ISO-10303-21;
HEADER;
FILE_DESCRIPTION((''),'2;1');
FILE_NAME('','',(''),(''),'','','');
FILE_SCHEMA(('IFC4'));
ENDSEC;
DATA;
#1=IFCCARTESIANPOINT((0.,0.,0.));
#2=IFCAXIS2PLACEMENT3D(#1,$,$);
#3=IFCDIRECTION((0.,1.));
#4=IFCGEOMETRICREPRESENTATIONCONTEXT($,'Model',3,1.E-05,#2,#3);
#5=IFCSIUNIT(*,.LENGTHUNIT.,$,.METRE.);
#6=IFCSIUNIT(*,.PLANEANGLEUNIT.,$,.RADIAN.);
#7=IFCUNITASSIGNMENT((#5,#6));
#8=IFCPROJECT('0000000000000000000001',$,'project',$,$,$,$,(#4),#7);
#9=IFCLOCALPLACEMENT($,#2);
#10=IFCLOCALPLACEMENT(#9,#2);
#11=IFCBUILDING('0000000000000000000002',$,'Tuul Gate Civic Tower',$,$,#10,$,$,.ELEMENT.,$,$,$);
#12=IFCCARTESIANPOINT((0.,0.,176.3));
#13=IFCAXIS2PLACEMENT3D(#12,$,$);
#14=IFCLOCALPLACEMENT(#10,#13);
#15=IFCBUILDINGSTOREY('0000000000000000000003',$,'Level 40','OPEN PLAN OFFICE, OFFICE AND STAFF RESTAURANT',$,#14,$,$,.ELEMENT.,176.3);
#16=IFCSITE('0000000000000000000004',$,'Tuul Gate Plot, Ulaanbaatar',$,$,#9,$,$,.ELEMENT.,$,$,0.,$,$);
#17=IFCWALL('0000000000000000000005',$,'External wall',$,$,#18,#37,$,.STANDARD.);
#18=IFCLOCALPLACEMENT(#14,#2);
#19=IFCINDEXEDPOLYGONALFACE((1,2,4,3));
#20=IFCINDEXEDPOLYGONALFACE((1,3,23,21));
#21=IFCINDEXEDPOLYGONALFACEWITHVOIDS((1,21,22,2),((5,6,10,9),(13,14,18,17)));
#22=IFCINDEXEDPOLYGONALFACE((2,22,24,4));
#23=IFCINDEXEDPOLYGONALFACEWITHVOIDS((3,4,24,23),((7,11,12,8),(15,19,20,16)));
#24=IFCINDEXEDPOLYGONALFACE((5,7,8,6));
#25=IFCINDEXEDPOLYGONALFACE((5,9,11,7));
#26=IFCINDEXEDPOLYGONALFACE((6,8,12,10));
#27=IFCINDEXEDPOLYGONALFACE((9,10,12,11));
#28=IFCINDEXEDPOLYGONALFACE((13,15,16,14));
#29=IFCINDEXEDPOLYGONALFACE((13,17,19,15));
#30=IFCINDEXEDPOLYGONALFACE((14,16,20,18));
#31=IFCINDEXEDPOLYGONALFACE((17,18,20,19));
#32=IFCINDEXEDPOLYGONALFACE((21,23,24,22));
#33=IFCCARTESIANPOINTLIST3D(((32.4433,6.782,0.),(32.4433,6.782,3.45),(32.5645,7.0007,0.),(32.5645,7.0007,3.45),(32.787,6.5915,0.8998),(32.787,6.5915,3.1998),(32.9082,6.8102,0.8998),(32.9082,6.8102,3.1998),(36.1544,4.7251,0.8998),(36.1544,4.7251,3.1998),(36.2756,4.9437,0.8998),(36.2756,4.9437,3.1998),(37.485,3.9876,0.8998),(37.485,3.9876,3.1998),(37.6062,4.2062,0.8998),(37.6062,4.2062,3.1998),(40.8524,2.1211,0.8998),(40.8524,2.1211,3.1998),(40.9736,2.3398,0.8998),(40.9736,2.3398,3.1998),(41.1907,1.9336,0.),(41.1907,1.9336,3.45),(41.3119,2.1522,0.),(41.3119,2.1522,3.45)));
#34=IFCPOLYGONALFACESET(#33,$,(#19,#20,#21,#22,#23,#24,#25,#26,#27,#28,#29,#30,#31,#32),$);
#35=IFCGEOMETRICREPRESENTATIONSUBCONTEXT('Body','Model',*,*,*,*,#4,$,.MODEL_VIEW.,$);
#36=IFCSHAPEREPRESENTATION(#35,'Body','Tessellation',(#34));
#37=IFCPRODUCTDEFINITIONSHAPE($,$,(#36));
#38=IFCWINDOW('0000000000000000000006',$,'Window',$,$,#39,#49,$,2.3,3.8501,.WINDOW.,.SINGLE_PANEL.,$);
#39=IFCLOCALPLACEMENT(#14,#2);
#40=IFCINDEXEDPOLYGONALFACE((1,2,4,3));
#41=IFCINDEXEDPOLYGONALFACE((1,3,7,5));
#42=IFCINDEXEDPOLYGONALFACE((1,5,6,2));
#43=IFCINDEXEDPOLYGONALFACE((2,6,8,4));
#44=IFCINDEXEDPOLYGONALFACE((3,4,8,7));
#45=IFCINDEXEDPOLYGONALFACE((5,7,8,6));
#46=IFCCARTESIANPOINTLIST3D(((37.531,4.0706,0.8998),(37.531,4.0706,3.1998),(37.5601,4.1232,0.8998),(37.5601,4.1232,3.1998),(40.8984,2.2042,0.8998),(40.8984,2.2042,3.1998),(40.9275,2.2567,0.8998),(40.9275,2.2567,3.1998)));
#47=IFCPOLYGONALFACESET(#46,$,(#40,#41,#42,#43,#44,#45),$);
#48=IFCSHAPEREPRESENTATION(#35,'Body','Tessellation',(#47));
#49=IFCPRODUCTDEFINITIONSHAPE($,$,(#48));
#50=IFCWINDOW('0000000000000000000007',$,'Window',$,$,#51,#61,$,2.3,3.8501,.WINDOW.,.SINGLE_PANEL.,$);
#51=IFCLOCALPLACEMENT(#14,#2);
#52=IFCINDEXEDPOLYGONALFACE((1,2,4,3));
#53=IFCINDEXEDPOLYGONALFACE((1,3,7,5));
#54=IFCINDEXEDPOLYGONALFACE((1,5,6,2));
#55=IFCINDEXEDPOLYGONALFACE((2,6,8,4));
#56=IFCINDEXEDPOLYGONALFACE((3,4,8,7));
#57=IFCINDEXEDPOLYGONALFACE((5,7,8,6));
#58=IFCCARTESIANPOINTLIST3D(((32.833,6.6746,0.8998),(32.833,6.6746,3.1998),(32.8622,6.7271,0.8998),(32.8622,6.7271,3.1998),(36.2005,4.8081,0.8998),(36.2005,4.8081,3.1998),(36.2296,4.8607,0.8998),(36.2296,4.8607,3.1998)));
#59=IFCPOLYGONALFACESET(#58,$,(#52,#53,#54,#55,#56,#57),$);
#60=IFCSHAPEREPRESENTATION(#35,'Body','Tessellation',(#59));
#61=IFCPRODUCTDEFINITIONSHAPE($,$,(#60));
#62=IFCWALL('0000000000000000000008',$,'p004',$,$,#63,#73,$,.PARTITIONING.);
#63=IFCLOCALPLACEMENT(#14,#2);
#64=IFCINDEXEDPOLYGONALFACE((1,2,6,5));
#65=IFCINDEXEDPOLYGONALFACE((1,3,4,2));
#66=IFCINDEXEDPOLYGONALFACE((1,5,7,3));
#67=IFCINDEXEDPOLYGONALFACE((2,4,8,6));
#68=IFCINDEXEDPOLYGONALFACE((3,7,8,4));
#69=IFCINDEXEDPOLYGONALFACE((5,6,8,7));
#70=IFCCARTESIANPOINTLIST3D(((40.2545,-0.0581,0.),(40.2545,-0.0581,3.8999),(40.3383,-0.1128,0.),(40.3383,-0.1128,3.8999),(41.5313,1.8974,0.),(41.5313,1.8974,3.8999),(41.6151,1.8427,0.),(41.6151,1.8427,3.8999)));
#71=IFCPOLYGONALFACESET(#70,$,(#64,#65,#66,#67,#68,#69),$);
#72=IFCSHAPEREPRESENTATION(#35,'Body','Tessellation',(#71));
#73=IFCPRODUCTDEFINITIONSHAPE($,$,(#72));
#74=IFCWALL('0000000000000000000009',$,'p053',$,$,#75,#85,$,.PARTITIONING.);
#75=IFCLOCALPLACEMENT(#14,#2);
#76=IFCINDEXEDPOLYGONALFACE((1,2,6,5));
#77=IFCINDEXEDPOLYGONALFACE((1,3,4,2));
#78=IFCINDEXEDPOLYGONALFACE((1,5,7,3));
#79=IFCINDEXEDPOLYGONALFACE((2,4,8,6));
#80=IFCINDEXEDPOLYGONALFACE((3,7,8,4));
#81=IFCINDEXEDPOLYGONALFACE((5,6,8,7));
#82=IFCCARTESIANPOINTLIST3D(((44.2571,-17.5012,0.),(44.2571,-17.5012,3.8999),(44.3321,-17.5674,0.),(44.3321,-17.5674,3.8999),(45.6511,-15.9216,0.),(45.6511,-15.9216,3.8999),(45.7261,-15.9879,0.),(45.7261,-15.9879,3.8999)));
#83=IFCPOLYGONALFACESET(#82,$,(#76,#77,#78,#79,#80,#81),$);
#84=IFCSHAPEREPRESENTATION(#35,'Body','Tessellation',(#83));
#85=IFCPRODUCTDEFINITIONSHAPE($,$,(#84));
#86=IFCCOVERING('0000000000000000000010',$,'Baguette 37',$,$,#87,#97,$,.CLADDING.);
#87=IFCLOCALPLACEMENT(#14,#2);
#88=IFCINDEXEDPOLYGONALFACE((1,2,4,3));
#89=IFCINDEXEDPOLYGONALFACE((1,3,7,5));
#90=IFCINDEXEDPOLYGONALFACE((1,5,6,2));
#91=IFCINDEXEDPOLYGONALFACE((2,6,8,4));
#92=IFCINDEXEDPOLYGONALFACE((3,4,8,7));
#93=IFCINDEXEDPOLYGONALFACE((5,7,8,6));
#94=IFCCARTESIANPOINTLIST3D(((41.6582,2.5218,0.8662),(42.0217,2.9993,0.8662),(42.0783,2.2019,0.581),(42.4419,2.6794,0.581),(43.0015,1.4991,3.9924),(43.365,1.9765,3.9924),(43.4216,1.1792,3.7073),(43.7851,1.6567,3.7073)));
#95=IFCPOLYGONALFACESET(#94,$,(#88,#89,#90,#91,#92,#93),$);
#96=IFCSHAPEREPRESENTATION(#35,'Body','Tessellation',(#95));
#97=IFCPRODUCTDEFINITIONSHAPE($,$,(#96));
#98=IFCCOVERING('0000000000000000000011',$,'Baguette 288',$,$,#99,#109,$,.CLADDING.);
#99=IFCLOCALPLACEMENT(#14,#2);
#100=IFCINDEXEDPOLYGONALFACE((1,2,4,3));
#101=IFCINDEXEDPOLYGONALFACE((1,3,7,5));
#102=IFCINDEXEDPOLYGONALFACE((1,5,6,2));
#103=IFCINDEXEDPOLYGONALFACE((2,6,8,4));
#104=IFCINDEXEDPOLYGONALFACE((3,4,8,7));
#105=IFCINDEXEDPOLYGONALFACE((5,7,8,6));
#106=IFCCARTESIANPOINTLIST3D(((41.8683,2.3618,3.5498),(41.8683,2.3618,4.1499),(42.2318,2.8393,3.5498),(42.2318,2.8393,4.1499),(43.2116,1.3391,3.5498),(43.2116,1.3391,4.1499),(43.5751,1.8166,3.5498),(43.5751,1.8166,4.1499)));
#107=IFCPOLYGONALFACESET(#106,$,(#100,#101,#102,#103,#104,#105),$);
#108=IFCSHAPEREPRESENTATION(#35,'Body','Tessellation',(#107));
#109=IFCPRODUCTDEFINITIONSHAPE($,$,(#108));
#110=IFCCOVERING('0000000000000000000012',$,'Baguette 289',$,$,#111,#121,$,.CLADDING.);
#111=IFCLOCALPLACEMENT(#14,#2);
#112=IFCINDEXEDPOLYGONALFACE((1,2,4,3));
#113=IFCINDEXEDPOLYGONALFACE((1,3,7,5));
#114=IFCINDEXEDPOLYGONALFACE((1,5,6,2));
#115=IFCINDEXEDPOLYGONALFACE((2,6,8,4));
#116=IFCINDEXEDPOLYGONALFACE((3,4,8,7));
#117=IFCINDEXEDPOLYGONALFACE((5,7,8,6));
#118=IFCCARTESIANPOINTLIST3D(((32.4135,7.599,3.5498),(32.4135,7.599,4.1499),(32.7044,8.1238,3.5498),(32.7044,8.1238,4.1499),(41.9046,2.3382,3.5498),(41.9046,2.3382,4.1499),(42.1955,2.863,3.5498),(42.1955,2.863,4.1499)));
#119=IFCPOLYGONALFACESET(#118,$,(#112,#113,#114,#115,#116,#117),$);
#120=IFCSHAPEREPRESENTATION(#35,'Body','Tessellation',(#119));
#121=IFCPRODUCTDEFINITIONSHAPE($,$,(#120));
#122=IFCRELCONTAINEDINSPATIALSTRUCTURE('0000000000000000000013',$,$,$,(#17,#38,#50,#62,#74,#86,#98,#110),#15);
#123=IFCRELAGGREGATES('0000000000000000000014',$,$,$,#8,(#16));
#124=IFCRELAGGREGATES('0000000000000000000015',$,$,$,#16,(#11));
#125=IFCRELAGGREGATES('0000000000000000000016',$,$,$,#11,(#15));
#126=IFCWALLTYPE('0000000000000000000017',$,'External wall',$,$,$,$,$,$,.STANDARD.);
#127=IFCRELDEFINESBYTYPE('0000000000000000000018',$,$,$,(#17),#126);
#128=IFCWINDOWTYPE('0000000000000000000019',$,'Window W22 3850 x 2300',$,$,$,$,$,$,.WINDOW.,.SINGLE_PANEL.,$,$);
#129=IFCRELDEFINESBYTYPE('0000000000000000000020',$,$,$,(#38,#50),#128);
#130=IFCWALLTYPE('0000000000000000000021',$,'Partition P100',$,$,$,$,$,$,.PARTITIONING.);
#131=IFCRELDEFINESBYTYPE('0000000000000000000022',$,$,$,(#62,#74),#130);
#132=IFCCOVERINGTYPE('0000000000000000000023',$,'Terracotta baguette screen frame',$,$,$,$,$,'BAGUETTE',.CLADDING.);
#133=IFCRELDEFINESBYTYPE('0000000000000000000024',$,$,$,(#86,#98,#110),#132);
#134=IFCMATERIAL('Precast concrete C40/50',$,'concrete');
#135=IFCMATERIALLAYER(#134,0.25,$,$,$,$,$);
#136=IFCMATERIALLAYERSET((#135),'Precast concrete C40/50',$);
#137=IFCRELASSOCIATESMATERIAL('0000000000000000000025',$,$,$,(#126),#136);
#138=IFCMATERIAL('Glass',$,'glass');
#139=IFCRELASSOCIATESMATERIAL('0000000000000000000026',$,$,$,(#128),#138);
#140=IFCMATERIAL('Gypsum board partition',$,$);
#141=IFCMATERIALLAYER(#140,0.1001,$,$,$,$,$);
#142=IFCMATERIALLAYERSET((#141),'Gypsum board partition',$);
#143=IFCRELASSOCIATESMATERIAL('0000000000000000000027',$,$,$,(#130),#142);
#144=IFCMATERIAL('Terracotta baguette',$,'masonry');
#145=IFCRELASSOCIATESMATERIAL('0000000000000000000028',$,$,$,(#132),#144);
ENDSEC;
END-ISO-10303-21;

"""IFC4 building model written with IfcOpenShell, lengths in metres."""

from ifc_helpers import new_model, si_unit, direction, frame, frame_2d, origin, origin_2d, place, context, subcontext, project, spatial, rectangle, extrude, material, layer, layer_set, material_profile, profile_set, type_object, element, fill, save


model = new_model("IFC4")

# Units and contexts
model_context = context("Model", 3, precision=1e-05, world=origin(), true_north=direction((0.0, 1.0)))
body_context = subcontext(model_context, "Body", "Model", "MODEL_VIEW")
ifc_project = project(units=[si_unit("LENGTHUNIT", "METRE"), si_unit("PLANEANGLEUNIT", "RADIAN")], contexts=[model_context])

# Site, building, storey
site_placement = place(None, origin())
site = spatial("IfcSite", under=ifc_project, at=site_placement, Name="Tuul Gate Plot, Ulaanbaatar", CompositionType="ELEMENT", RefElevation=0.0)
building_placement = place(site_placement, origin())
building = spatial("IfcBuilding", under=site, at=building_placement, Name="Tuul Gate Civic Tower", CompositionType="ELEMENT")
storey_placement = place(building_placement, frame((0.0, 0.0, 176.3)))
storey = spatial("IfcBuildingStorey", under=building, at=storey_placement, Name="Level 40", Description="OPEN PLAN OFFICE, OFFICE AND STAFF RESTAURANT", CompositionType="ELEMENT", Elevation=176.3)

# Wall, openings, windows
ifc_material_1 = material(Name="Precast concrete C40/50", Category="concrete")
ifc_layer_1 = layer(ifc_material_1, 0.25)
ifc_layer_set_1 = layer_set([ifc_layer_1], Name="Precast concrete C40/50")
wall_type_1 = type_object("IfcWallType", Name="External wall", PredefinedType="STANDARD", material=ifc_layer_set_1)
wall_1_placement = place(storey_placement, frame((41.2512, 2.043, 0.0), z_axis=(0.0, 0.0, 1.0), x_axis=(-0.874634, 0.484785, 0.0)))
wall_1 = element("IfcWall", 1, at=wall_1_placement, inside=storey, type_object=wall_type_1, Name="External wall", PredefinedType="STANDARD", context=body_context, shape_type="SweptSolid", body=[
    extrude(rectangle(XDim=10.0012, YDim=0.25, at=frame_2d((5.0005, 0.0))), origin(), (0.0, 0.0, 1.0), 3.45),
])
opening_1_placement = place(wall_1_placement, frame((0.3867, 0.0, 0.8999)))
opening_1 = element("IfcOpeningElement", 2, at=opening_1_placement, cuts=wall_1, PredefinedType="OPENING", context=body_context, shape_type="SweptSolid", body=[
    extrude(rectangle(XDim=3.8501, YDim=2.3, at=frame_2d((1.925, 1.1499))), frame((0.0, 0.135, 0.0), z_axis=(0.0, -1.0, 0.0), x_axis=(1.0, 0.0, 0.0)), (0.0, 0.0, 1.0), 0.27),
])
opening_2_placement = place(wall_1_placement, frame((5.7581, 0.0, 0.8999)))
opening_2 = element("IfcOpeningElement", 3, at=opening_2_placement, cuts=wall_1, PredefinedType="OPENING", context=body_context, shape_type="SweptSolid", body=[
    extrude(rectangle(XDim=3.8501, YDim=2.3, at=frame_2d((1.925, 1.1499))), frame((0.0, 0.135, 0.0), z_axis=(0.0, -1.0, 0.0), x_axis=(1.0, 0.0, 0.0)), (0.0, 0.0, 1.0), 0.27),
])
ifc_material_2 = material(Name="Glass", Category="glass")
window_type = type_object("IfcWindowType", Name="Window W22 3850 x 2300", PartitioningType="SINGLE_PANEL", PredefinedType="WINDOW", material=ifc_material_2)
window_1_placement = place(opening_1_placement, origin())
window_1 = element("IfcWindow", 4, at=window_1_placement, inside=storey, type_object=window_type, Name="Window", OverallHeight=2.3, OverallWidth=3.8501, PartitioningType="SINGLE_PANEL", PredefinedType="WINDOW", context=body_context, shape_type="SweptSolid", body=[
    extrude(rectangle(XDim=3.8501, YDim=2.3, at=frame_2d((1.925, 1.1499))), frame((0.0, 0.03, 0.0), z_axis=(0.0, -1.0, 0.0), x_axis=(1.0, 0.0, 0.0)), (0.0, 0.0, 1.0), 0.0601),
])
fill(opening_1, window_1)
window_2_placement = place(opening_2_placement, origin())
window_2 = element("IfcWindow", 5, at=window_2_placement, inside=storey, type_object=window_type, Name="Window", OverallHeight=2.3, OverallWidth=3.8501, PartitioningType="SINGLE_PANEL", PredefinedType="WINDOW", context=body_context, shape_type="SweptSolid", body=[
    extrude(rectangle(XDim=3.8501, YDim=2.3, at=frame_2d((1.925, 1.1499))), frame((0.0, 0.03, 0.0), z_axis=(0.0, -1.0, 0.0), x_axis=(1.0, 0.0, 0.0)), (0.0, 0.0, 1.0), 0.0601),
])
fill(opening_2, window_2)

# Walls
ifc_material_3 = material(Name="Gypsum board partition")
ifc_layer_2 = layer(ifc_material_3, 0.1001)
ifc_layer_set_2 = layer_set([ifc_layer_2], Name="Gypsum board partition")
wall_type_2 = type_object("IfcWallType", Name="Partition P100", PredefinedType="PARTITIONING", material=ifc_layer_set_2)
wall_2_placement = place(storey_placement, frame((40.2964, -0.0854, 0.0), z_axis=(0.0, 0.0, 1.0), x_axis=(0.546714, 0.837319, 0.0)))
element("IfcWall", 6, at=wall_2_placement, inside=storey, type_object=wall_type_2, Name="p004", PredefinedType="PARTITIONING", context=body_context, shape_type="SweptSolid", body=[
    extrude(rectangle(XDim=2.3354, YDim=0.1001, at=frame_2d((1.1677, 0.0))), origin(), (0.0, 0.0, 1.0), 3.8999),
])
wall_3_placement = place(storey_placement, frame((44.2947, -17.5342, 0.0), z_axis=(0.0, 0.0, 1.0), x_axis=(0.661698, 0.74977, 0.0)))
element("IfcWall", 7, at=wall_3_placement, inside=storey, type_object=wall_type_2, Name="p053", PredefinedType="PARTITIONING", context=body_context, shape_type="SweptSolid", body=[
    extrude(rectangle(XDim=2.1067, YDim=0.1001, at=frame_2d((1.0532, 0.0))), origin(), (0.0, 0.0, 1.0), 3.8999),
])

# Coverings
ifc_material_4 = material(Name="Terracotta baguette", Category="masonry")
ifc_material_profile_1 = material_profile(ifc_material_4, rectangle(XDim=0.6001, YDim=0.6001, at=origin_2d()), Name="Terracotta baguette screen frame")
ifc_profile_set_1 = profile_set([ifc_material_profile_1], Name="Terracotta baguette")
covering_type = type_object("IfcCoveringType", Name="Terracotta baguette screen frame", ElementType="BAGUETTE", PredefinedType="CLADDING", material=ifc_profile_set_1)
covering_1_placement = place(storey_placement, frame((43.3933, 1.5779, 3.8499), z_axis=(-0.378068, 0.287846, -0.879892), x_axis=(-0.605769, -0.795641, 0.0)))
element("IfcCovering", 8, at=covering_1_placement, inside=storey, type_object=covering_type, Name="Baguette 37", PredefinedType="CLADDING", context=body_context, shape_type="SweptSolid", body=[
    extrude(rectangle(XDim=0.6001, YDim=0.6001, at=origin_2d()), origin(), (0.0, 0.0, 1.0), 3.553),
])
covering_2_placement = place(storey_placement, frame((43.3933, 1.5779, 3.8499), z_axis=(-0.795641, 0.605769, 0.0), x_axis=(-0.605769, -0.795641, 0.0)))
element("IfcCovering", 9, at=covering_2_placement, inside=storey, type_object=covering_type, Name="Baguette 288", PredefinedType="CLADDING", context=body_context, shape_type="SweptSolid", body=[
    extrude(rectangle(XDim=0.6001, YDim=0.6001, at=origin_2d()), origin(), (0.0, 0.0, 1.0), 1.6882),
])
covering_3_placement = place(storey_placement, frame((42.05, 2.6006, 3.8499), z_axis=(-0.874627, 0.484796, 0.0), x_axis=(-0.484796, -0.874627, 0.0)))
element("IfcCovering", 10, at=covering_3_placement, inside=storey, type_object=covering_type, Name="Baguette 289", PredefinedType="CLADDING", context=body_context, shape_type="SweptSolid", body=[
    extrude(rectangle(XDim=0.6001, YDim=0.6001, at=origin_2d()), origin(), (0.0, 0.0, 1.0), 10.8516),
])

save(model, "model.ifc")
